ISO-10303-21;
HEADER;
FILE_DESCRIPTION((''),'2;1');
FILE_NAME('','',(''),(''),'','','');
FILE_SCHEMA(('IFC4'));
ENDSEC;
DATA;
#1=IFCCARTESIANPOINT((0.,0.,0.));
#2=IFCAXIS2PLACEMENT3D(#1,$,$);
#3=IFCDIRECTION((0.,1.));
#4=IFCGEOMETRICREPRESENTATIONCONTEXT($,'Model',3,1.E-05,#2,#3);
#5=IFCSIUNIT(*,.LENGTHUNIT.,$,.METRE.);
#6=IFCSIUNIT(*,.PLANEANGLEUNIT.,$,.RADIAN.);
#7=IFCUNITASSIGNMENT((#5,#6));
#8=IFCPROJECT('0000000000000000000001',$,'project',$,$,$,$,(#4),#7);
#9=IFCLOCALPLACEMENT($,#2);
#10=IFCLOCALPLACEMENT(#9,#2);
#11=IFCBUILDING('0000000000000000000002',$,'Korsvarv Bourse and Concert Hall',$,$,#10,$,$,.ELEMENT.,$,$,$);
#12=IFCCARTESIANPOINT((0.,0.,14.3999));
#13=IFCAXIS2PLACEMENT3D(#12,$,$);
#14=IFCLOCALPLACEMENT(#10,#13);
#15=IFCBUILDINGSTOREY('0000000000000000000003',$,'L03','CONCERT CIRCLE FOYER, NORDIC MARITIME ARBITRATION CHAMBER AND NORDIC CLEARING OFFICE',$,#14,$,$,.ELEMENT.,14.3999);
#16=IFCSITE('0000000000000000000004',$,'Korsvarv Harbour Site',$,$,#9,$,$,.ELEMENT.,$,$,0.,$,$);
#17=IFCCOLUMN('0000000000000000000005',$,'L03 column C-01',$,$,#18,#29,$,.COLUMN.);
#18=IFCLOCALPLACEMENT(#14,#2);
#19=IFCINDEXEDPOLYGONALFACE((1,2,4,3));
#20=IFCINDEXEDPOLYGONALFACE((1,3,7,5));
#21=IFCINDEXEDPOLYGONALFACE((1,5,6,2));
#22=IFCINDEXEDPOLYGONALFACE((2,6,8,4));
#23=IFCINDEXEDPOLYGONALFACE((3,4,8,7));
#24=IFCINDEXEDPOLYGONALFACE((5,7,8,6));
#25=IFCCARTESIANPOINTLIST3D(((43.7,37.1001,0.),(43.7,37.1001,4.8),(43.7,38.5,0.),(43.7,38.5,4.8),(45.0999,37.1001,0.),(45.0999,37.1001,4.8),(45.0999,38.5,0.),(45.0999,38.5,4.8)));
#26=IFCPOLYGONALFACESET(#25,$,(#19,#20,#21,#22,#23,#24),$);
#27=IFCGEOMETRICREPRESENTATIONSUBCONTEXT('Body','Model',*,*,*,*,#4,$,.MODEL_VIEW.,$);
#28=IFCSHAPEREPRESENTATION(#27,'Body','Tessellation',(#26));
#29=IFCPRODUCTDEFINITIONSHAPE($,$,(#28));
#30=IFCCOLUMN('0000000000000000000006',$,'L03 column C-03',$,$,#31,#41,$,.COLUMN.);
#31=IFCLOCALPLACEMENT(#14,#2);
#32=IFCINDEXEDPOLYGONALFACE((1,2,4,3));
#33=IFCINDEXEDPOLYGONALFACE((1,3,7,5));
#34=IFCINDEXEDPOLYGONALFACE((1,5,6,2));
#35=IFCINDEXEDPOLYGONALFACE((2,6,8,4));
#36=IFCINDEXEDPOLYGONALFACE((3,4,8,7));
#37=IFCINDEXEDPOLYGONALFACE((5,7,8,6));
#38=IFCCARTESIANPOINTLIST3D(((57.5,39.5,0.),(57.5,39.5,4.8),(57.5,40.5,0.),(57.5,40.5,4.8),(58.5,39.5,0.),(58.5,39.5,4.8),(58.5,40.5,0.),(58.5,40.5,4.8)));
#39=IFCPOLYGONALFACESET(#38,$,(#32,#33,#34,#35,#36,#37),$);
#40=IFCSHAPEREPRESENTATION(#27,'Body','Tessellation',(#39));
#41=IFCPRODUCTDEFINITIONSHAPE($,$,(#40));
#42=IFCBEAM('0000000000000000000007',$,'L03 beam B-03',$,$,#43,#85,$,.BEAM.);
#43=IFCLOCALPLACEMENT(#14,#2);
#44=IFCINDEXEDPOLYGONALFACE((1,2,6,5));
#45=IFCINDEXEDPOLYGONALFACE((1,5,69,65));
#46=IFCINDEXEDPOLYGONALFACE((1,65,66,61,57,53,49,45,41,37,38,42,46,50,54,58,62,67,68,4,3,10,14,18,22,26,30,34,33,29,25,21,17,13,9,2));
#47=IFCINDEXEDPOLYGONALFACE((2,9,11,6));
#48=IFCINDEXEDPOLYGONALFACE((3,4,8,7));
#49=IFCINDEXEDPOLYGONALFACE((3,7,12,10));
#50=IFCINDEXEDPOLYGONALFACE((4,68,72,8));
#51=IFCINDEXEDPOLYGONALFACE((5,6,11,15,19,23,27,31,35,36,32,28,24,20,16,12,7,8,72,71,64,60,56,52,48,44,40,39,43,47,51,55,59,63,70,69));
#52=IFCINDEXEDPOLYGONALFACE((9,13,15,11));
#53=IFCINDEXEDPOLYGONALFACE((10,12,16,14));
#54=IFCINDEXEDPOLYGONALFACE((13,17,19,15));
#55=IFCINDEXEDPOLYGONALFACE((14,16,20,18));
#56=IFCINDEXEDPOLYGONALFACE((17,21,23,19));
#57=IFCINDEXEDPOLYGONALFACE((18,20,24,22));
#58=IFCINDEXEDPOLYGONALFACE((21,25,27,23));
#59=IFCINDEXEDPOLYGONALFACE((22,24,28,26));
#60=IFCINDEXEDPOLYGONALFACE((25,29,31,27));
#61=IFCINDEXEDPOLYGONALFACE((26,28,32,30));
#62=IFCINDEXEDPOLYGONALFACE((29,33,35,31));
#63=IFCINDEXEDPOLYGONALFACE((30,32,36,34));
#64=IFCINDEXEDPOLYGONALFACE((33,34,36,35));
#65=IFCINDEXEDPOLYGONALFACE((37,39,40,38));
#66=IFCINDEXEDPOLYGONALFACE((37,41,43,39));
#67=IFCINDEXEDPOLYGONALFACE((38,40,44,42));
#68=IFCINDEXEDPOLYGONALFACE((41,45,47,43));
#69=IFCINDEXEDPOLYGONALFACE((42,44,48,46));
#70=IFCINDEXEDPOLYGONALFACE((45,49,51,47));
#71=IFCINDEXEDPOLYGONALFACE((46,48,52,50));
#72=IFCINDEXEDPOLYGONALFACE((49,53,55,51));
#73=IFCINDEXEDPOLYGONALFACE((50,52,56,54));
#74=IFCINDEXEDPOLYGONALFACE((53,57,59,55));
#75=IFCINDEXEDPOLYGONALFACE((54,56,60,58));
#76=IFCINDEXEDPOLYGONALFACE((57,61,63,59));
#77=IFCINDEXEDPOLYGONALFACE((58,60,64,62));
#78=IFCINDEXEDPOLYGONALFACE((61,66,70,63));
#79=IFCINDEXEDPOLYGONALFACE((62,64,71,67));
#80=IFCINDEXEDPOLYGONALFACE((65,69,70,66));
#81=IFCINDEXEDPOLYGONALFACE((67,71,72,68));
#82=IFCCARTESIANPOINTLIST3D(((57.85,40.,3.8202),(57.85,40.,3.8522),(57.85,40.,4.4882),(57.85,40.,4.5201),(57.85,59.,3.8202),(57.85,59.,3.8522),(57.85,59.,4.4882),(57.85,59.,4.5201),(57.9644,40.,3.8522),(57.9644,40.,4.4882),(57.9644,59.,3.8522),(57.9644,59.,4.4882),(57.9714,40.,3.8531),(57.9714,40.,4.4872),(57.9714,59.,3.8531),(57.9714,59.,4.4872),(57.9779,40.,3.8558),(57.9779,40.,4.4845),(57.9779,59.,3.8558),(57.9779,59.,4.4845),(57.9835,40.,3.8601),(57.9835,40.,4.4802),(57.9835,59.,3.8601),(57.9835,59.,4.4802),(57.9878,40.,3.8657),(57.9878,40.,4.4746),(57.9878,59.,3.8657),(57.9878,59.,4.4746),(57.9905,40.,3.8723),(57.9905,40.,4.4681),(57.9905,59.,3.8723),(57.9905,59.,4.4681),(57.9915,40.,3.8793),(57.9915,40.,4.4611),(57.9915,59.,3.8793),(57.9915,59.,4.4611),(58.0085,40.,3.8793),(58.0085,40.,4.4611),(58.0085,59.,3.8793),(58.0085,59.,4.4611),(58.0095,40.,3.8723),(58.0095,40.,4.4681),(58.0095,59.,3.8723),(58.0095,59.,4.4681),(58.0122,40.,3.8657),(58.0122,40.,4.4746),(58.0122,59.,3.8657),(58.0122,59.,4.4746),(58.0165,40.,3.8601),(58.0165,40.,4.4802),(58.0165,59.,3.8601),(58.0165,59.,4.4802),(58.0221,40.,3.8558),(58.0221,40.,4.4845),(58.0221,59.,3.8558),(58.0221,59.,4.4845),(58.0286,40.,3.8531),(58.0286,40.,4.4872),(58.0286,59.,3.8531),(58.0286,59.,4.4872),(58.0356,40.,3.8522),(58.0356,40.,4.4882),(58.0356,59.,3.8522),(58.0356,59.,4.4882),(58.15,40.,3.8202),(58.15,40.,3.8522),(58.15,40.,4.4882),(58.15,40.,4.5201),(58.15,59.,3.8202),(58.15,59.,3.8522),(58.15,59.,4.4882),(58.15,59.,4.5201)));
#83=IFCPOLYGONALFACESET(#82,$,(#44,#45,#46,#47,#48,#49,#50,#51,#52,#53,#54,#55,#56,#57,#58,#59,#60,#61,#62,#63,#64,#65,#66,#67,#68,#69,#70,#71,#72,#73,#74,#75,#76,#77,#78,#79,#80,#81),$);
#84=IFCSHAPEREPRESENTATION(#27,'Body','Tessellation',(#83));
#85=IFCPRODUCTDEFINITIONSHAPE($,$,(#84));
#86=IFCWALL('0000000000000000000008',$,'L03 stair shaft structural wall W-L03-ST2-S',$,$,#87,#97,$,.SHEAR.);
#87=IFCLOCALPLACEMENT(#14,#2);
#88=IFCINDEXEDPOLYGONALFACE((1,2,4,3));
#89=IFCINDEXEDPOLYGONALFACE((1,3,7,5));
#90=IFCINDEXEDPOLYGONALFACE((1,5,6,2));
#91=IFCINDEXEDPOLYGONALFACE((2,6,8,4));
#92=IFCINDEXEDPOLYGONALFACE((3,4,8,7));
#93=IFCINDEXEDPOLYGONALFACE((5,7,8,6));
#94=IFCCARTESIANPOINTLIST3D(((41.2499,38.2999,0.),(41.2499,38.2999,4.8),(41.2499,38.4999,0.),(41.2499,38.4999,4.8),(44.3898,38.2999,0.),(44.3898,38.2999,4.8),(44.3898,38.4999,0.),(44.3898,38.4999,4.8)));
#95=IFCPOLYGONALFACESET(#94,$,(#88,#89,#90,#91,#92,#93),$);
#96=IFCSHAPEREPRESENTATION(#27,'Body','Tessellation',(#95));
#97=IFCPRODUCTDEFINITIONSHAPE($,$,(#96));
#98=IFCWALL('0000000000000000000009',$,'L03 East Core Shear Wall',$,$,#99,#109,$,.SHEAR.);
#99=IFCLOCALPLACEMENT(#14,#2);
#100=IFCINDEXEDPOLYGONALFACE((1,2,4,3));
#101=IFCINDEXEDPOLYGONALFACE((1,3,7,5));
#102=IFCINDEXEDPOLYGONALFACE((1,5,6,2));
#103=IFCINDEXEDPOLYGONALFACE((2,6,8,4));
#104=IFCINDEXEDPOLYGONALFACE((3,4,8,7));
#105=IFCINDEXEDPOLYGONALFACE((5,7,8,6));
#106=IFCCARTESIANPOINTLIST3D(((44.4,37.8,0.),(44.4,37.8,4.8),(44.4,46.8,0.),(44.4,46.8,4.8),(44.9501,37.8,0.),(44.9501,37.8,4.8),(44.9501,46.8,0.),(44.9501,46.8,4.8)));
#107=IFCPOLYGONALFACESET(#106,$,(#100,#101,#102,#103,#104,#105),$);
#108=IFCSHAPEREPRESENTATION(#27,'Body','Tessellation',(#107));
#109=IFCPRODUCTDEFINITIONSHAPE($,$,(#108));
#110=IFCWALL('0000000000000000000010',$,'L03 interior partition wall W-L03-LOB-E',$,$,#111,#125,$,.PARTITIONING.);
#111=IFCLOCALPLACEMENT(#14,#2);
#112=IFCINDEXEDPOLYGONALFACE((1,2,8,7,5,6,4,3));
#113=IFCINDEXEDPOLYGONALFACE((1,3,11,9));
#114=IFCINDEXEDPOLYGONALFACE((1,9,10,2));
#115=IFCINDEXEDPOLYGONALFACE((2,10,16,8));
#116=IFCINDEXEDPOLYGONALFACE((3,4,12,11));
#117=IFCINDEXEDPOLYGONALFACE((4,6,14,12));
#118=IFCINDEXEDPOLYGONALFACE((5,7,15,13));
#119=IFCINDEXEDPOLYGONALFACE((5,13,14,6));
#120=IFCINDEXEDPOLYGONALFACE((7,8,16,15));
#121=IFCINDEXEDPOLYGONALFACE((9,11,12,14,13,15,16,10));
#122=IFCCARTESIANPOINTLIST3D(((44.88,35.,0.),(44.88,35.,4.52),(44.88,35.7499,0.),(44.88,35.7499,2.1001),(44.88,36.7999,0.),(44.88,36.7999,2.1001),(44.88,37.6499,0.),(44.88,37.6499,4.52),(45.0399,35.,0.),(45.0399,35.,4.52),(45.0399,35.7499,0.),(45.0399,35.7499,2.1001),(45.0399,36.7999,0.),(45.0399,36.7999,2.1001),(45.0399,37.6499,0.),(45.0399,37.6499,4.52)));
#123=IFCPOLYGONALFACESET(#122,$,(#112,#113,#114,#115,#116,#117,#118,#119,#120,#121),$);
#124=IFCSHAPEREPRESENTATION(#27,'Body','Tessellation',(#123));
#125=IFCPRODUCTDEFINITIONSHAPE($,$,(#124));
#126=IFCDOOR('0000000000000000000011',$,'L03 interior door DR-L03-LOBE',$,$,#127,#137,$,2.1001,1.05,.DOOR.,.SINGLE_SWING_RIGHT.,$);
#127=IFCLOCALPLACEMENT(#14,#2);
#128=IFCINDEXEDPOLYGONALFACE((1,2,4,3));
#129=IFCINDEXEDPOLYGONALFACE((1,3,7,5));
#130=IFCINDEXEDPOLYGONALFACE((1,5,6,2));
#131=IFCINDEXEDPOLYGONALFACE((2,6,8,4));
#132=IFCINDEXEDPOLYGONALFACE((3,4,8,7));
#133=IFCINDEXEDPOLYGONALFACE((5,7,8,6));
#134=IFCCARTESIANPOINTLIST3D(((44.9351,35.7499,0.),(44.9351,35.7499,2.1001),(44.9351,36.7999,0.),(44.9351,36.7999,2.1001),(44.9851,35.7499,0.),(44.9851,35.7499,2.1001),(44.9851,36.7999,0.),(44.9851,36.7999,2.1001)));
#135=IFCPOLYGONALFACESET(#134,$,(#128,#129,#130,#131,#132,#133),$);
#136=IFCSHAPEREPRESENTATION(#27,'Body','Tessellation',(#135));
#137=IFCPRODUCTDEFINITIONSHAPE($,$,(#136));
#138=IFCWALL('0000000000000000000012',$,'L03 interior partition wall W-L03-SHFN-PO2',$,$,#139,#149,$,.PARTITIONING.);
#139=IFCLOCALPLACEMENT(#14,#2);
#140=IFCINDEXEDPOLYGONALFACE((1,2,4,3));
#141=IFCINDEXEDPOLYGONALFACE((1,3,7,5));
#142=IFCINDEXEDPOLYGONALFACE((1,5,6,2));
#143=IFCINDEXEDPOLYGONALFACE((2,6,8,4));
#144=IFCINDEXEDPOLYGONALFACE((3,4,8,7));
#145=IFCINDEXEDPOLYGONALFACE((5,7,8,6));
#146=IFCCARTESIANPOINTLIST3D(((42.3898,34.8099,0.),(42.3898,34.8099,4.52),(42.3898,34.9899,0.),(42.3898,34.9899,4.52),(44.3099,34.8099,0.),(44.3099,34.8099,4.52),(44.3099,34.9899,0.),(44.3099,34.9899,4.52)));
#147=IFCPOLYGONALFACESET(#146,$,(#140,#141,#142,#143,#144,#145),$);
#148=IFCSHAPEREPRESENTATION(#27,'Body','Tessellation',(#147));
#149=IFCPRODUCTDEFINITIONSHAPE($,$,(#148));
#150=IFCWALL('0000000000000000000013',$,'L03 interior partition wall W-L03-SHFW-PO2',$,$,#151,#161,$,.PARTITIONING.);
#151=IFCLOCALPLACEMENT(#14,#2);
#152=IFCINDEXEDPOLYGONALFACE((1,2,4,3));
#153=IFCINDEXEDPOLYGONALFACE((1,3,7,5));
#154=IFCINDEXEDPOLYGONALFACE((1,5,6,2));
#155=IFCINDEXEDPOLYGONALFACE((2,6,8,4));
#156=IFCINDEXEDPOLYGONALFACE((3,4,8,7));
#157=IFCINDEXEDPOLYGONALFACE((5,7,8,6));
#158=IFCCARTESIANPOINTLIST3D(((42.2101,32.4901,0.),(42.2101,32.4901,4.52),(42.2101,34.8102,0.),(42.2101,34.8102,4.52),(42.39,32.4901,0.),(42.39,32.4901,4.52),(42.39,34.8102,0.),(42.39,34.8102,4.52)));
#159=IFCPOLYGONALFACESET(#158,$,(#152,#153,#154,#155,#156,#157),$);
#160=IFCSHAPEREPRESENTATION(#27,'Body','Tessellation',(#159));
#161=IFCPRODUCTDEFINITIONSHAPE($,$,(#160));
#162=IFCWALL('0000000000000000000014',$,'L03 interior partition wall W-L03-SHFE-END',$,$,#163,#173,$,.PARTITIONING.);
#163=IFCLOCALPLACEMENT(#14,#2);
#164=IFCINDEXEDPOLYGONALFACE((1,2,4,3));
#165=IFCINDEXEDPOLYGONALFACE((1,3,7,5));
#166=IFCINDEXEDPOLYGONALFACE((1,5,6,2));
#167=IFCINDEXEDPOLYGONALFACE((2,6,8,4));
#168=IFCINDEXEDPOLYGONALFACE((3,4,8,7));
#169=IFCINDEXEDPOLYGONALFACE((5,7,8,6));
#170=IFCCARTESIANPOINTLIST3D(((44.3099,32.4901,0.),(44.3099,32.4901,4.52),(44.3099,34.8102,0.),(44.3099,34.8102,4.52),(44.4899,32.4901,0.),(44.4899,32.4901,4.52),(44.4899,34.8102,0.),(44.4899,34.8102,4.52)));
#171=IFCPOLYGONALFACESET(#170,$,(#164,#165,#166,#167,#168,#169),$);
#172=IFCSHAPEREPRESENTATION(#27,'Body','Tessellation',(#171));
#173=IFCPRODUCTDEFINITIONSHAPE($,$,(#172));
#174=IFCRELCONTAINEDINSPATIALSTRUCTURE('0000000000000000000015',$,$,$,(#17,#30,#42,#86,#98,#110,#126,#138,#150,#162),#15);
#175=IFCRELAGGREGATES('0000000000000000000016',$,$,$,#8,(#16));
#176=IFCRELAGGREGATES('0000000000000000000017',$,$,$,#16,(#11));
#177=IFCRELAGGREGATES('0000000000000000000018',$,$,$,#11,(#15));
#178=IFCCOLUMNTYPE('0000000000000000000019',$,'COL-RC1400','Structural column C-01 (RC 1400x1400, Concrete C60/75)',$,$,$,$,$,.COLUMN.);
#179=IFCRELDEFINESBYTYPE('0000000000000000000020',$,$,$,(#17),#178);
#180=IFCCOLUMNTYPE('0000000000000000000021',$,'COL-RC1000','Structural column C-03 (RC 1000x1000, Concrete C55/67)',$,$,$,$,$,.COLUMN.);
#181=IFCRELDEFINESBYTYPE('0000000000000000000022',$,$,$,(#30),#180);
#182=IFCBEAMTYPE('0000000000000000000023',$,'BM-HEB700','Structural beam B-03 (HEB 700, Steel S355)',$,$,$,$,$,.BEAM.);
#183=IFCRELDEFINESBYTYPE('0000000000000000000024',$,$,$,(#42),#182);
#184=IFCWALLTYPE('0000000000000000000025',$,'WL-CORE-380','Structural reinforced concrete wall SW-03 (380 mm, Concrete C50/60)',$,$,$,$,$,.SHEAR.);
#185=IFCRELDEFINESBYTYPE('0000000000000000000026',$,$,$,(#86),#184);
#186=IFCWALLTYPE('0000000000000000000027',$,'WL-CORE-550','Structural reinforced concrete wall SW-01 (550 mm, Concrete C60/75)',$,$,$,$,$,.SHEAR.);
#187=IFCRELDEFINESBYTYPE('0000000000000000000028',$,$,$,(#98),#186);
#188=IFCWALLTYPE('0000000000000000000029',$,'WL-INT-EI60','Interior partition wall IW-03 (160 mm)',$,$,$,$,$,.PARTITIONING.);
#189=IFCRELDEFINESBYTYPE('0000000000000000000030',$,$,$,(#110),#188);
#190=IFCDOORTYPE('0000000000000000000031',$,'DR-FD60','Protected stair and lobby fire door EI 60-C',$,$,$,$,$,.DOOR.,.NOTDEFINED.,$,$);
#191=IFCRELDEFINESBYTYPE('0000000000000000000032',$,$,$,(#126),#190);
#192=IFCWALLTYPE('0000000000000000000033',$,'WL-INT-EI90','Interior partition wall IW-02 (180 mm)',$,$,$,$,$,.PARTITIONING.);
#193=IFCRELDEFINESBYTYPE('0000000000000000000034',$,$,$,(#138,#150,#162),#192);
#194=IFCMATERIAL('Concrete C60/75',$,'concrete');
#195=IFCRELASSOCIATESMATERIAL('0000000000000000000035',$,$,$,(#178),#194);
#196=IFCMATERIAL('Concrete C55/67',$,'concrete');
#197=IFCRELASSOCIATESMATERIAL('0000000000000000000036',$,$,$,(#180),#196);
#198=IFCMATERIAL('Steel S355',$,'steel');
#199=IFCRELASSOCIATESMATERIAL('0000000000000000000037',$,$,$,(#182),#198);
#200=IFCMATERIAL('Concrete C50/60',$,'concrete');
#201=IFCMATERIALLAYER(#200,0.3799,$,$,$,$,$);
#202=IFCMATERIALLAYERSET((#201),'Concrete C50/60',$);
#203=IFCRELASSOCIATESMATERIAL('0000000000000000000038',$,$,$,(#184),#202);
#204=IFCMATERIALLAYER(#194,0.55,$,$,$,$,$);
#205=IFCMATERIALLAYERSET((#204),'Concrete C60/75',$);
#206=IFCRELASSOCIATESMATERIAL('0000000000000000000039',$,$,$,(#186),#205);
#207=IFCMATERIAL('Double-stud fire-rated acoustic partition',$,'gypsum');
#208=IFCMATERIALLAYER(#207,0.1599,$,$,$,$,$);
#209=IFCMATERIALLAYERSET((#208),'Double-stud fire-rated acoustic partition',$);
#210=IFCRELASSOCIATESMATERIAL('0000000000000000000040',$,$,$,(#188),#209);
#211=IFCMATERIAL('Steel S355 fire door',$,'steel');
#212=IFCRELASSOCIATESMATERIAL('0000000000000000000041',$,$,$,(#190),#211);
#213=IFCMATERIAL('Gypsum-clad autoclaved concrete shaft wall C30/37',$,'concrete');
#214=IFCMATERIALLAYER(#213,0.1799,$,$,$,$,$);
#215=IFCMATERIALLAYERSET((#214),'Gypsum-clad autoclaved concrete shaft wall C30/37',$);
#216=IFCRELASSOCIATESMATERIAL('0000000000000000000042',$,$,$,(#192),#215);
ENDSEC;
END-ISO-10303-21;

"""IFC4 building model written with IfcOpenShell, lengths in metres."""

from ifc_helpers import new_model, si_unit, direction, frame, frame_2d, origin, origin_2d, place, context, subcontext, project, spatial, rectangle, i_section, extrude, source, transform, mapped, material, layer, layer_set, material_profile, profile_set, type_object, element, fill, save


model = new_model("IFC4")

# Units and contexts
model_context = context("Model", 3, precision=1e-05, world=origin(), true_north=direction((0.0, 1.0)))
body_context = subcontext(model_context, "Body", "Model", "MODEL_VIEW")
ifc_project = project(units=[si_unit("LENGTHUNIT", "METRE"), si_unit("PLANEANGLEUNIT", "RADIAN")], contexts=[model_context])

# Site, building, storey
site_placement = place(None, origin())
site = spatial("IfcSite", under=ifc_project, at=site_placement, Name="Korsvarv Harbour Site", CompositionType="ELEMENT", RefElevation=0.0)
building_placement = place(site_placement, origin())
building = spatial("IfcBuilding", under=site, at=building_placement, Name="Korsvarv Bourse and Concert Hall", CompositionType="ELEMENT")
storey_placement = place(building_placement, frame((0.0, 0.0, 14.3999)))
storey = spatial("IfcBuildingStorey", under=building, at=storey_placement, Name="L03", Description="CONCERT CIRCLE FOYER, NORDIC MARITIME ARBITRATION CHAMBER AND NORDIC CLEARING OFFICE", CompositionType="ELEMENT", Elevation=14.3999)

# Columns
ifc_material_1 = material(Name="Concrete C60/75", Category="concrete")
ifc_material_profile_1 = material_profile(ifc_material_1, rectangle(XDim=1.3999, YDim=1.3999, at=origin_2d()), Name="RC 1400x1400")
ifc_profile_set_1 = profile_set([ifc_material_profile_1], Name="Concrete C60/75")
column_type_1 = type_object("IfcColumnType", Name="COL-RC1400", Description="Structural column C-01 (RC 1400x1400, Concrete C60/75)", PredefinedType="COLUMN", material=ifc_profile_set_1)
shared_shape_1 = source(origin(), body_context, "Body", "SweptSolid", [
    extrude(rectangle(XDim=1.3999, YDim=1.3999, at=origin_2d()), origin(), (0.0, 0.0, 1.0), 4.8),
])
column_1_placement = place(storey_placement, frame((44.3999, 37.8, 0.0), z_axis=(0.0, 0.0, 1.0), x_axis=(1.0, 0.0, 0.0)))
element("IfcColumn", 1, at=column_1_placement, inside=storey, type_object=column_type_1, Name="L03 column C-01", PredefinedType="COLUMN", context=body_context, shape_type="MappedRepresentation", body=[
    mapped(shared_shape_1, transform((0.0, 0.0, 0.0), scale=1.0)),
])
ifc_material_2 = material(Name="Concrete C55/67", Category="concrete")
ifc_material_profile_2 = material_profile(ifc_material_2, rectangle(XDim=1.0, YDim=1.0, at=origin_2d()), Name="RC 1000x1000")
ifc_profile_set_2 = profile_set([ifc_material_profile_2], Name="Concrete C55/67")
column_type_2 = type_object("IfcColumnType", Name="COL-RC1000", Description="Structural column C-03 (RC 1000x1000, Concrete C55/67)", PredefinedType="COLUMN", material=ifc_profile_set_2)
shared_shape_2 = source(origin(), body_context, "Body", "SweptSolid", [
    extrude(rectangle(XDim=1.0, YDim=1.0, at=origin_2d()), origin(), (0.0, 0.0, 1.0), 4.8),
])
column_2_placement = place(storey_placement, frame((58.0, 40.0, 0.0), z_axis=(0.0, 0.0, 1.0), x_axis=(1.0, 0.0, 0.0)))
element("IfcColumn", 2, at=column_2_placement, inside=storey, type_object=column_type_2, Name="L03 column C-03", PredefinedType="COLUMN", context=body_context, shape_type="MappedRepresentation", body=[
    mapped(shared_shape_2, transform((0.0, 0.0, 0.0), scale=1.0)),
])

# Beam
ifc_material_3 = material(Name="Steel S355", Category="steel")
ifc_material_profile_3 = material_profile(ifc_material_3, i_section(OverallWidth=0.3, OverallDepth=0.7, WebThickness=0.0171, FlangeThickness=0.032, FilletRadius=0.0271, at=origin_2d()), Name="HEB 700")
ifc_profile_set_3 = profile_set([ifc_material_profile_3], Name="Steel S355")
beam_type = type_object("IfcBeamType", Name="BM-HEB700", Description="Structural beam B-03 (HEB 700, Steel S355)", PredefinedType="BEAM", material=ifc_profile_set_3)
shared_shape_3 = source(origin(), body_context, "Body", "SweptSolid", [
    extrude(i_section(OverallWidth=0.3, OverallDepth=0.7, WebThickness=0.0171, FlangeThickness=0.032, FilletRadius=0.0271, at=origin_2d()), origin(), (0.0, 0.0, 1.0), 19.0),
])
beam_placement = place(storey_placement, frame((58.0, 40.0, 4.1702), z_axis=(0.0, 1.0, 0.0), x_axis=(-1.0, 0.0, 0.0)))
element("IfcBeam", 3, at=beam_placement, inside=storey, type_object=beam_type, Name="L03 beam B-03", PredefinedType="BEAM", context=body_context, shape_type="MappedRepresentation", body=[
    mapped(shared_shape_3, transform((0.0, 0.0, 0.0), scale=1.0)),
])

# Walls
ifc_material_4 = material(Name="Concrete C50/60", Category="concrete")
ifc_layer_1 = layer(ifc_material_4, 0.3799)
ifc_layer_set_1 = layer_set([ifc_layer_1], Name="Concrete C50/60")
wall_type_1 = type_object("IfcWallType", Name="WL-CORE-380", Description="Structural reinforced concrete wall SW-03 (380 mm, Concrete C50/60)", PredefinedType="SHEAR", material=ifc_layer_set_1)
wall_1_placement = place(storey_placement, frame((41.25, 38.3999, 0.0), z_axis=(0.0, 0.0, 1.0), x_axis=(1.0, 0.0, 0.0)))
element("IfcWall", 4, at=wall_1_placement, inside=storey, type_object=wall_type_1, Name="L03 stair shaft structural wall W-L03-ST2-S", PredefinedType="SHEAR", context=body_context, shape_type="SweptSolid", body=[
    extrude(rectangle(XDim=3.1399, YDim=0.2, at=frame_2d((1.5698, 0.0))), origin(), (0.0, 0.0, 1.0), 4.8),
])
ifc_layer_2 = layer(ifc_material_1, 0.55)
ifc_layer_set_2 = layer_set([ifc_layer_2], Name="Concrete C60/75")
wall_type_2 = type_object("IfcWallType", Name="WL-CORE-550", Description="Structural reinforced concrete wall SW-01 (550 mm, Concrete C60/75)", PredefinedType="SHEAR", material=ifc_layer_set_2)
wall_2_placement = place(storey_placement, frame((44.675, 37.8, 0.0), z_axis=(0.0, 0.0, 1.0), x_axis=(0.0, 1.0, 0.0)))
element("IfcWall", 5, at=wall_2_placement, inside=storey, type_object=wall_type_2, Name="L03 East Core Shear Wall", PredefinedType="SHEAR", context=body_context, shape_type="SweptSolid", body=[
    extrude(rectangle(XDim=9.0, YDim=0.55, at=frame_2d((4.5, 0.0))), origin(), (0.0, 0.0, 1.0), 4.8),
])

# Wall, opening, door
ifc_material_5 = material(Name="Double-stud fire-rated acoustic partition", Category="gypsum")
ifc_layer_3 = layer(ifc_material_5, 0.1599)
ifc_layer_set_3 = layer_set([ifc_layer_3], Name="Double-stud fire-rated acoustic partition")
wall_type_3 = type_object("IfcWallType", Name="WL-INT-EI60", Description="Interior partition wall IW-03 (160 mm)", PredefinedType="PARTITIONING", material=ifc_layer_set_3)
wall_3_placement = place(storey_placement, frame((44.96, 35.0, 0.0), z_axis=(0.0, 0.0, 1.0), x_axis=(0.0, 1.0, 0.0)))
wall_3 = element("IfcWall", 6, at=wall_3_placement, inside=storey, type_object=wall_type_3, Name="L03 interior partition wall W-L03-LOB-E", PredefinedType="PARTITIONING", context=body_context, shape_type="SweptSolid", body=[
    extrude(rectangle(XDim=2.6499, YDim=0.1599, at=frame_2d((1.325, 0.0))), origin(), (0.0, 0.0, 1.0), 4.52),
])
opening_placement = place(wall_3_placement, frame((0.75, 0.0, 0.0)))
opening = element("IfcOpeningElement", 7, at=opening_placement, cuts=wall_3, PredefinedType="OPENING", context=body_context, shape_type="SweptSolid", body=[
    extrude(rectangle(XDim=1.05, YDim=2.1001, at=frame_2d((0.5249, 1.05))), frame((0.0, 0.0898, 0.0), z_axis=(0.0, -1.0, 0.0), x_axis=(1.0, 0.0, 0.0)), (0.0, 0.0, 1.0), 0.1799),
])
ifc_material_6 = material(Name="Steel S355 fire door", Category="steel")
door_type = type_object("IfcDoorType", Name="DR-FD60", Description="Protected stair and lobby fire door EI 60-C", OperationType="NOTDEFINED", PredefinedType="DOOR", material=ifc_material_6)
door_placement = place(opening_placement, origin())
door = element("IfcDoor", 8, at=door_placement, inside=storey, type_object=door_type, Name="L03 interior door DR-L03-LOBE", OperationType="SINGLE_SWING_RIGHT", OverallHeight=2.1001, OverallWidth=1.05, PredefinedType="DOOR", context=body_context, shape_type="SweptSolid", body=[
    extrude(rectangle(XDim=1.05, YDim=2.1001, at=frame_2d((0.5249, 1.05))), frame((0.0, 0.0249, 0.0), z_axis=(0.0, -1.0, 0.0), x_axis=(1.0, 0.0, 0.0)), (0.0, 0.0, 1.0), 0.05),
])
fill(opening, door)

# Walls
ifc_material_7 = material(Name="Gypsum-clad autoclaved concrete shaft wall C30/37", Category="concrete")
ifc_layer_4 = layer(ifc_material_7, 0.1799)
ifc_layer_set_4 = layer_set([ifc_layer_4], Name="Gypsum-clad autoclaved concrete shaft wall C30/37")
wall_type_4 = type_object("IfcWallType", Name="WL-INT-EI90", Description="Interior partition wall IW-02 (180 mm)", PredefinedType="PARTITIONING", material=ifc_layer_set_4)
wall_4_placement = place(storey_placement, frame((42.3899, 34.8999, 0.0), z_axis=(0.0, 0.0, 1.0), x_axis=(1.0, 0.0, 0.0)))
element("IfcWall", 9, at=wall_4_placement, inside=storey, type_object=wall_type_4, Name="L03 interior partition wall W-L03-SHFN-PO2", PredefinedType="PARTITIONING", context=body_context, shape_type="SweptSolid", body=[
    extrude(rectangle(XDim=1.9202, YDim=0.1799, at=frame_2d((0.96, 0.0))), origin(), (0.0, 0.0, 1.0), 4.52),
])
for number, where, z_axis, x_axis, name in (
    (10, (42.3, 32.49, 0.0), (0.0, 0.0, 1.0), (0.0, 1.0, 0.0), "L03 interior partition wall W-L03-SHFW-PO2"),
    (11, (44.3999, 32.49, 0.0), (0.0, 0.0, 1.0), (0.0, 1.0, 0.0), "L03 interior partition wall W-L03-SHFE-END"),
):
    element("IfcWall", number, at=place(storey_placement, frame(where, z_axis=z_axis, x_axis=x_axis)), inside=storey, type_object=wall_type_4, Name=name, PredefinedType="PARTITIONING", context=body_context, shape_type="SweptSolid", body=[
        extrude(rectangle(XDim=2.3201, YDim=0.1799, at=frame_2d((1.1602, 0.0))), origin(), (0.0, 0.0, 1.0), 4.52),
    ])

save(model, "model.ifc")
